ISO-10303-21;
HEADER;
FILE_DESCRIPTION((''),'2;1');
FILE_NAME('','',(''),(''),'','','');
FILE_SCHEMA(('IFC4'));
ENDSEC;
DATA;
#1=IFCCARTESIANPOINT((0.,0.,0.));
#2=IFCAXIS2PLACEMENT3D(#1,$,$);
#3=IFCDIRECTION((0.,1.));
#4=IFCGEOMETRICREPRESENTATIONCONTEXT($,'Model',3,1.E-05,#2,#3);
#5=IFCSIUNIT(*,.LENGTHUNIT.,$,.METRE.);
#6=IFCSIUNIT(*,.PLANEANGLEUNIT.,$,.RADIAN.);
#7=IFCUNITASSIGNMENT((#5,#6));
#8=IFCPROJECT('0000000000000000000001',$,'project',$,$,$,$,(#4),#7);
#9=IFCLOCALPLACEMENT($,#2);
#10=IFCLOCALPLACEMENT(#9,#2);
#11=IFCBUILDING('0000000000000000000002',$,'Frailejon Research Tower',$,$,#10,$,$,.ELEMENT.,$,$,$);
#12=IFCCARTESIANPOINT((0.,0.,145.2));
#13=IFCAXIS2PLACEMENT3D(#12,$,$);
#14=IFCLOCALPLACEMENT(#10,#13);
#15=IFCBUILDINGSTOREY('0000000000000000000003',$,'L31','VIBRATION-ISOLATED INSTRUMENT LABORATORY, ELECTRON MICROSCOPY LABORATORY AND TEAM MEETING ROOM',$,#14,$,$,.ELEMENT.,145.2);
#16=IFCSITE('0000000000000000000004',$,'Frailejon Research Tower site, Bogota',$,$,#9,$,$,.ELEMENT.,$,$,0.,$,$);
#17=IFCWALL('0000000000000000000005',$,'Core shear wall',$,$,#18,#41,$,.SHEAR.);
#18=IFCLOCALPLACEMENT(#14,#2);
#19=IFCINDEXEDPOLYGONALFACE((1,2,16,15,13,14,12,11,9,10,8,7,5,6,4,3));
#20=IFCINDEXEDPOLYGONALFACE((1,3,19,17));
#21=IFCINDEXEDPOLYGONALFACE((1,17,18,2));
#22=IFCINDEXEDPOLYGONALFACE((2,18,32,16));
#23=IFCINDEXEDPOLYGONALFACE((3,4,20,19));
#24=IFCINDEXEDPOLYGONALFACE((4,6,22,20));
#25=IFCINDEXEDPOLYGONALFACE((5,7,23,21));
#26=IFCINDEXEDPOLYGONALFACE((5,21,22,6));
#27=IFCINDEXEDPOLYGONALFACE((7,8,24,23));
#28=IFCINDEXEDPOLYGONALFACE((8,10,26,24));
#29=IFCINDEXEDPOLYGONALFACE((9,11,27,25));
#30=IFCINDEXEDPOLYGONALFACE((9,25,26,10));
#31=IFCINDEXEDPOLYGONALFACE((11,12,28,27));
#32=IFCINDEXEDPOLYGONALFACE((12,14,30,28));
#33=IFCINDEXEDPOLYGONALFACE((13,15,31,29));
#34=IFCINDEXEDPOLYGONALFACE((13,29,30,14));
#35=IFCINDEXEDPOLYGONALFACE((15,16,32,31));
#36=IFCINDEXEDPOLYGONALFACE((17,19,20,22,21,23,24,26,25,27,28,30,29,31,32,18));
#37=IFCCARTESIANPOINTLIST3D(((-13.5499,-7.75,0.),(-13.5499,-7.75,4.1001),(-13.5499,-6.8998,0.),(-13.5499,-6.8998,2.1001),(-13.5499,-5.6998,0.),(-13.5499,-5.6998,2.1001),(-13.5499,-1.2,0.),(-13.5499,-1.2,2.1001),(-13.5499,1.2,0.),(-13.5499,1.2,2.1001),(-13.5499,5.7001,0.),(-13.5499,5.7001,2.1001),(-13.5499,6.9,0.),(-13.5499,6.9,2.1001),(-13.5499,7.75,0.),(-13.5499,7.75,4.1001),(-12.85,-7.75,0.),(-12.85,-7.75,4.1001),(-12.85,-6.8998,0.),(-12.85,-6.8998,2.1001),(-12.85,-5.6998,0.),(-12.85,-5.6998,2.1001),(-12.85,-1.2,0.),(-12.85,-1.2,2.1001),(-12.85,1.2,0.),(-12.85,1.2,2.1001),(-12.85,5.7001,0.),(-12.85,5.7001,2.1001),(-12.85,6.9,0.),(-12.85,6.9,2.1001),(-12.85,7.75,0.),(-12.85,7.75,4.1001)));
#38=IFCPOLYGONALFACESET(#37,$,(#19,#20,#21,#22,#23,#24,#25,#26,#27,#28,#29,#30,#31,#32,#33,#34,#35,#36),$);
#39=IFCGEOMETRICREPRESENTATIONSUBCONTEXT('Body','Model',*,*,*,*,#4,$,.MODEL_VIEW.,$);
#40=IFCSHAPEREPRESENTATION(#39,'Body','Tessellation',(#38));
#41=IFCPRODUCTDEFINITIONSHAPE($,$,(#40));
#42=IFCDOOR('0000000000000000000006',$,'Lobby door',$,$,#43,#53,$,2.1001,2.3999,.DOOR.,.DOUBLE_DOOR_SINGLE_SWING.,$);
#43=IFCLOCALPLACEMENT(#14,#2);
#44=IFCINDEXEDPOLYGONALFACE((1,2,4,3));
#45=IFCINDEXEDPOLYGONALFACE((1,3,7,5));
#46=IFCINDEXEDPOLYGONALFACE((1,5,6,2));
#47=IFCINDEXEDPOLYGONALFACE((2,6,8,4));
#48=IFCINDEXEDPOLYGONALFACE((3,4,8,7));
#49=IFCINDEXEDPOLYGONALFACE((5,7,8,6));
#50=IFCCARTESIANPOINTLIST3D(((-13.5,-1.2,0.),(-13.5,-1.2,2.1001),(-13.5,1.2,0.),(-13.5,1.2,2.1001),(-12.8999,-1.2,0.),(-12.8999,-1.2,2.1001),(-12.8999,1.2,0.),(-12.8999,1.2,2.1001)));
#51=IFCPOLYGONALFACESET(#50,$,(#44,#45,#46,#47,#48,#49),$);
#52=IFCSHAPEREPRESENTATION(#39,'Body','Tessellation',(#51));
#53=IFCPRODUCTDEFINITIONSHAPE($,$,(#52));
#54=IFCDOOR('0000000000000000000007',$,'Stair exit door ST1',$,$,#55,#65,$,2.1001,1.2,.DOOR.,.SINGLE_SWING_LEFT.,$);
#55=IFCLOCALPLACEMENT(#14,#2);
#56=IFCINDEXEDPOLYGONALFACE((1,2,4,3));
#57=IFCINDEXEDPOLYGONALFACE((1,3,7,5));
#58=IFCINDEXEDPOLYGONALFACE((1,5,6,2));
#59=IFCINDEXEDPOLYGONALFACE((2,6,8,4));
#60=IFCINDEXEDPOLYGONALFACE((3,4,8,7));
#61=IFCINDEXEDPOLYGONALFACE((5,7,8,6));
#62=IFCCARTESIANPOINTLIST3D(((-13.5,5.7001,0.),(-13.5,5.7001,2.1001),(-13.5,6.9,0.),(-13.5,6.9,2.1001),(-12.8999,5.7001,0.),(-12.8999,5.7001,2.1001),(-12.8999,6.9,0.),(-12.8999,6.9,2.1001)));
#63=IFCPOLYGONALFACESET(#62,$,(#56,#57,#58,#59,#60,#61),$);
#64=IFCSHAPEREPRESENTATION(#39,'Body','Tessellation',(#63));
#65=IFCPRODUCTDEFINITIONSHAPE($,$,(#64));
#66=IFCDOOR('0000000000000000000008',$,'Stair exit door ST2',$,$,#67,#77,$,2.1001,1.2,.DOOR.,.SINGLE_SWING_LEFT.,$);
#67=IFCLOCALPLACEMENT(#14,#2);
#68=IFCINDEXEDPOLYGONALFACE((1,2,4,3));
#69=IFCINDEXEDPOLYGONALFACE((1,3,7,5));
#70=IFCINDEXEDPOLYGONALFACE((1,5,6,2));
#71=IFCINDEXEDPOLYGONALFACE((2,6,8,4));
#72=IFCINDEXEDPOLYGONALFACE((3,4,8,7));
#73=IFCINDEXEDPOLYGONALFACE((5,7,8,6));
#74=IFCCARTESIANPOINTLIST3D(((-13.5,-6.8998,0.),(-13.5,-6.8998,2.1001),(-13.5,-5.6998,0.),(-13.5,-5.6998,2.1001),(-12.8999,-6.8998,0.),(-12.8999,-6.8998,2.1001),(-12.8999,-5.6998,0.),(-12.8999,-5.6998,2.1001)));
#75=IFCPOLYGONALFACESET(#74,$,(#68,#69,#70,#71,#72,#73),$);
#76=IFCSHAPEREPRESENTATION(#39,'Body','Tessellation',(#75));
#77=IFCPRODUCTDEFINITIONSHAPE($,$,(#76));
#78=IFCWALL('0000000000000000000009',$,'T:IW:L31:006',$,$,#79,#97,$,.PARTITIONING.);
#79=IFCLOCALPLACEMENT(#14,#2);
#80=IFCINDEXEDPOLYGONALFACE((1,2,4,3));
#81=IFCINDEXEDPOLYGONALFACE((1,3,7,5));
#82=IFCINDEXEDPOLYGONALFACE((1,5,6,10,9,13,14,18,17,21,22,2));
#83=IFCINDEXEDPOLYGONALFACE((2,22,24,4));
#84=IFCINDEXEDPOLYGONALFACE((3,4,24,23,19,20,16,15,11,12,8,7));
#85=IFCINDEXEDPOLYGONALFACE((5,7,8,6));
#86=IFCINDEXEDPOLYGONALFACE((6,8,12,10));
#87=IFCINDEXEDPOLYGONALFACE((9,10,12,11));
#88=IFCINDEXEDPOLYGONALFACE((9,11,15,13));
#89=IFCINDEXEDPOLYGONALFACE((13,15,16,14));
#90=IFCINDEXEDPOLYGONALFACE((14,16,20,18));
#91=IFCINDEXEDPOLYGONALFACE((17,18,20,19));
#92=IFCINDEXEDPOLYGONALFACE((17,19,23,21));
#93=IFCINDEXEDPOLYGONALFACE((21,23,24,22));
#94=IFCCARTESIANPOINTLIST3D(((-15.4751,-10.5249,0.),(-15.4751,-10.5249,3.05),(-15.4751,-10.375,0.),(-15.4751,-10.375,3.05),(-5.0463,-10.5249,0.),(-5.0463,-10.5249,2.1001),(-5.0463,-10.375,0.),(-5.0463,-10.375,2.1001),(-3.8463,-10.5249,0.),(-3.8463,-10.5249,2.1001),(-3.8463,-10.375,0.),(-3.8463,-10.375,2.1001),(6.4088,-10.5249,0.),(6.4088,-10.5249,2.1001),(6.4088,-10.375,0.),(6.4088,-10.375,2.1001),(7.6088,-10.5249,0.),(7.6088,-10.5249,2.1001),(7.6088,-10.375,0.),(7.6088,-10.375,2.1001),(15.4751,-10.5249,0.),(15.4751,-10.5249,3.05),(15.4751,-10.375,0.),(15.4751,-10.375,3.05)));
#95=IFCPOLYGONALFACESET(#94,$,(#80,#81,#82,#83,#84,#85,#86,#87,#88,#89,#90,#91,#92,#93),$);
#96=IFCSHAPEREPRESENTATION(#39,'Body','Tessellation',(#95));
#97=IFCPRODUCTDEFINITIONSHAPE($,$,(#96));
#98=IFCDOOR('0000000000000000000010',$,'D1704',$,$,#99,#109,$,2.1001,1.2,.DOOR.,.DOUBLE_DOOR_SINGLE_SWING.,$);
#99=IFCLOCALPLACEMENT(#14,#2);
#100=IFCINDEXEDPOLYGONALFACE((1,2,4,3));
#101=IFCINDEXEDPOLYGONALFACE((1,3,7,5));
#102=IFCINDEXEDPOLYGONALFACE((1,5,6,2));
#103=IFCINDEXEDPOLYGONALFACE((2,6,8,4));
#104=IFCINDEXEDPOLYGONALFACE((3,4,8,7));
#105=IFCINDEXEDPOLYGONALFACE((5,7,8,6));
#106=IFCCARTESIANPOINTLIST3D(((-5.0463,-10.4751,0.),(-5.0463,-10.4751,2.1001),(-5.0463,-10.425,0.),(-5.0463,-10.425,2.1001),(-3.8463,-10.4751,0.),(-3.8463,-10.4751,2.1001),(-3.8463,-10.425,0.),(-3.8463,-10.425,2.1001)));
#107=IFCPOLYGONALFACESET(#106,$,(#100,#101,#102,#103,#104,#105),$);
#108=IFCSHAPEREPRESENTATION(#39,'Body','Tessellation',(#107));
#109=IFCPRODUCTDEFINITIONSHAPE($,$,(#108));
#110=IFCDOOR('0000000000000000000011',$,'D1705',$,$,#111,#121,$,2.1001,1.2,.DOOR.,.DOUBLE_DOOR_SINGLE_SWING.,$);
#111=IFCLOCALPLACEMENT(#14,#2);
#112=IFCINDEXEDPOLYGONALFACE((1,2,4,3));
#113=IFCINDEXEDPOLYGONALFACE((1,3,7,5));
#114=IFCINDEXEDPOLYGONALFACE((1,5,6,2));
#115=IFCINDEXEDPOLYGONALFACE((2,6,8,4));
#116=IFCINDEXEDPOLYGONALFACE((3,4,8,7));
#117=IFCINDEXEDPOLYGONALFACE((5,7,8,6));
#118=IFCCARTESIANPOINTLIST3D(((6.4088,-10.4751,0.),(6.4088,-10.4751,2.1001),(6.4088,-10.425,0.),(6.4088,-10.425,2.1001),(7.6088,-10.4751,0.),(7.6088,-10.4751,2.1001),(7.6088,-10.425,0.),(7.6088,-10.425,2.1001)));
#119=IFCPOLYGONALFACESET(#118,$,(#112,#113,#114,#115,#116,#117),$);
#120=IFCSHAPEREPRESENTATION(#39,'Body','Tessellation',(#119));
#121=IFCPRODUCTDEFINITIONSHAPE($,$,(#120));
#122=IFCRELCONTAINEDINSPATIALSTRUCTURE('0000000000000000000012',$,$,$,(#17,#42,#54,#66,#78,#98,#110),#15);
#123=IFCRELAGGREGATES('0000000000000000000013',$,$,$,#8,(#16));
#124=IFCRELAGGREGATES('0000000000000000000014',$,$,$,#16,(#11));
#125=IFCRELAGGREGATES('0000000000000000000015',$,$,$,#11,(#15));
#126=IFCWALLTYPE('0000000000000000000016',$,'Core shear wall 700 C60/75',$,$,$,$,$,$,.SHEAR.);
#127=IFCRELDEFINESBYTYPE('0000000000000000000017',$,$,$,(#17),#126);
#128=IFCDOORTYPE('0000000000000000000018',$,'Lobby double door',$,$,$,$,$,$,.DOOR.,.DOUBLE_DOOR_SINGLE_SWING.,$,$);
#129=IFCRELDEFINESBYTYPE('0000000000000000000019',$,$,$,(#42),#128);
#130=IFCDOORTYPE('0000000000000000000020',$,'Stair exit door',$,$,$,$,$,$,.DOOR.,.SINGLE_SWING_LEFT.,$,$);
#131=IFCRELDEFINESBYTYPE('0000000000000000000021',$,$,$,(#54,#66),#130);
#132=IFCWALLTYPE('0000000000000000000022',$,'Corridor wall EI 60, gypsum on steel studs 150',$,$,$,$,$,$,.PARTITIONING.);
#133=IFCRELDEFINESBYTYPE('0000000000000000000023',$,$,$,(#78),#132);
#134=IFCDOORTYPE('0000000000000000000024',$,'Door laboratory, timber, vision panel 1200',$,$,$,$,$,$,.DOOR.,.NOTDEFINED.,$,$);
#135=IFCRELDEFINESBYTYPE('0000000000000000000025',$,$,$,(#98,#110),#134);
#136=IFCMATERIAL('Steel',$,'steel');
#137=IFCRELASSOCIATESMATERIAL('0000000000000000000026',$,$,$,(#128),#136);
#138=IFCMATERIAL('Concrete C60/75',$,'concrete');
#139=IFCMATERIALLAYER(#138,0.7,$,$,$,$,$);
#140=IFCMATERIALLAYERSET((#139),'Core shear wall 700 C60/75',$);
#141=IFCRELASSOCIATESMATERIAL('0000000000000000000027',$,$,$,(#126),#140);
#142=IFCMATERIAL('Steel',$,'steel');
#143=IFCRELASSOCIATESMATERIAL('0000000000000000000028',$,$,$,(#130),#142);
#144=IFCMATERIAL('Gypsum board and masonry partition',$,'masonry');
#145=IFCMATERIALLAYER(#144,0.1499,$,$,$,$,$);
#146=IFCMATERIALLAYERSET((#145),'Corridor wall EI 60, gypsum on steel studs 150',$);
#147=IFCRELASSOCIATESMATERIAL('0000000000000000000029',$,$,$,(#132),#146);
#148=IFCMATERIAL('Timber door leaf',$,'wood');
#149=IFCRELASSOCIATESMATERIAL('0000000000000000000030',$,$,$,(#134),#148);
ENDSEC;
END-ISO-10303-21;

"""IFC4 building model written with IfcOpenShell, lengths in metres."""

from ifc_helpers import new_model, si_unit, direction, frame, frame_2d, origin, place, context, subcontext, project, spatial, rectangle, extrude, material, layer, layer_set, type_object, element, fill, save


model = new_model("IFC4")

# Units and contexts
model_context = context("Model", 3, precision=1e-05, world=origin(), true_north=direction((0.0, 1.0)))
body_context = subcontext(model_context, "Body", "Model", "MODEL_VIEW")
ifc_project = project(units=[si_unit("LENGTHUNIT", "METRE"), si_unit("PLANEANGLEUNIT", "RADIAN")], contexts=[model_context])

# Site, building, storey
site_placement = place(None, origin())
site = spatial("IfcSite", under=ifc_project, at=site_placement, Name="Frailejon Research Tower site, Bogota", CompositionType="ELEMENT", RefElevation=0.0)
building_placement = place(site_placement, origin())
building = spatial("IfcBuilding", under=site, at=building_placement, Name="Frailejon Research Tower", CompositionType="ELEMENT")
storey_placement = place(building_placement, frame((0.0, 0.0, 145.2)))
storey = spatial("IfcBuildingStorey", under=building, at=storey_placement, Name="L31", Description="VIBRATION-ISOLATED INSTRUMENT LABORATORY, ELECTRON MICROSCOPY LABORATORY AND TEAM MEETING ROOM", CompositionType="ELEMENT", Elevation=145.2)

# Shared definitions
ifc_material_1 = material(Name="Steel", Category="steel")
door_type_1 = type_object("IfcDoorType", Name="Lobby double door", OperationType="DOUBLE_DOOR_SINGLE_SWING", PredefinedType="DOOR", material=ifc_material_1)

# Shared definitions
ifc_material_2 = material(Name="Concrete C60/75", Category="concrete")
ifc_layer_1 = layer(ifc_material_2, 0.7)
ifc_layer_set_1 = layer_set([ifc_layer_1], Name="Core shear wall 700 C60/75")
wall_type_1 = type_object("IfcWallType", Name="Core shear wall 700 C60/75", PredefinedType="SHEAR", material=ifc_layer_set_1)

# Walls, openings, doors
wall_1_placement = place(storey_placement, frame((-13.2, -7.75, 0.0), z_axis=(0.0, 0.0, 1.0), x_axis=(0.0, 1.0, 0.0)))
wall_1 = element("IfcWall", 1, at=wall_1_placement, inside=storey, type_object=wall_type_1, Name="Core shear wall", PredefinedType="SHEAR", context=body_context, shape_type="SweptSolid", body=[
    extrude(rectangle(XDim=15.5, YDim=0.7, at=frame_2d((7.75, 0.0))), origin(), (0.0, 0.0, 1.0), 4.1001),
])
opening_1_placement = place(wall_1_placement, frame((6.55, 0.0, 0.0)))
opening_1 = element("IfcOpeningElement", 2, at=opening_1_placement, cuts=wall_1, PredefinedType="OPENING", context=body_context, shape_type="SweptSolid", body=[
    extrude(rectangle(XDim=2.3999, YDim=2.1001, at=frame_2d((1.2, 1.05))), frame((0.0, 0.3599, 0.0), z_axis=(0.0, -1.0, 0.0), x_axis=(1.0, 0.0, 0.0)), (0.0, 0.0, 1.0), 0.72),
])
opening_2_placement = place(wall_1_placement, frame((13.45, 0.0, 0.0)))
opening_2 = element("IfcOpeningElement", 3, at=opening_2_placement, cuts=wall_1, PredefinedType="OPENING", context=body_context, shape_type="SweptSolid", body=[
    extrude(rectangle(XDim=1.2, YDim=2.1001, at=frame_2d((0.6001, 1.05))), frame((0.0, 0.3599, 0.0), z_axis=(0.0, -1.0, 0.0), x_axis=(1.0, 0.0, 0.0)), (0.0, 0.0, 1.0), 0.72),
])
opening_3_placement = place(wall_1_placement, frame((0.8501, 0.0, 0.0)))
opening_3 = element("IfcOpeningElement", 4, at=opening_3_placement, cuts=wall_1, PredefinedType="OPENING", context=body_context, shape_type="SweptSolid", body=[
    extrude(rectangle(XDim=1.2, YDim=2.1001, at=frame_2d((0.6001, 1.05))), frame((0.0, 0.3599, 0.0), z_axis=(0.0, -1.0, 0.0), x_axis=(1.0, 0.0, 0.0)), (0.0, 0.0, 1.0), 0.72),
])
door_1_placement = place(opening_1_placement, origin())
door_1 = element("IfcDoor", 5, at=door_1_placement, inside=storey, type_object=door_type_1, Name="Lobby door", OperationType="DOUBLE_DOOR_SINGLE_SWING", OverallHeight=2.1001, OverallWidth=2.3999, PredefinedType="DOOR", context=body_context, shape_type="SweptSolid", body=[
    extrude(rectangle(XDim=2.3999, YDim=2.1001, at=frame_2d((1.2, 1.05))), frame((0.0, 0.3, 0.0), z_axis=(0.0, -1.0, 0.0), x_axis=(1.0, 0.0, 0.0)), (0.0, 0.0, 1.0), 0.6001),
])
fill(opening_1, door_1)
ifc_material_3 = material(Name="Steel", Category="steel")
door_type_2 = type_object("IfcDoorType", Name="Stair exit door", OperationType="SINGLE_SWING_LEFT", PredefinedType="DOOR", material=ifc_material_3)
door_2_placement = place(opening_2_placement, origin())
door_2 = element("IfcDoor", 6, at=door_2_placement, inside=storey, type_object=door_type_2, Name="Stair exit door ST1", OperationType="SINGLE_SWING_LEFT", OverallHeight=2.1001, OverallWidth=1.2, PredefinedType="DOOR", context=body_context, shape_type="SweptSolid", body=[
    extrude(rectangle(XDim=1.2, YDim=2.1001, at=frame_2d((0.6001, 1.05))), frame((0.0, 0.3, 0.0), z_axis=(0.0, -1.0, 0.0), x_axis=(1.0, 0.0, 0.0)), (0.0, 0.0, 1.0), 0.6001),
])
fill(opening_2, door_2)
door_3_placement = place(opening_3_placement, origin())
door_3 = element("IfcDoor", 7, at=door_3_placement, inside=storey, type_object=door_type_2, Name="Stair exit door ST2", OperationType="SINGLE_SWING_LEFT", OverallHeight=2.1001, OverallWidth=1.2, PredefinedType="DOOR", context=body_context, shape_type="SweptSolid", body=[
    extrude(rectangle(XDim=1.2, YDim=2.1001, at=frame_2d((0.6001, 1.05))), frame((0.0, 0.3, 0.0), z_axis=(0.0, -1.0, 0.0), x_axis=(1.0, 0.0, 0.0)), (0.0, 0.0, 1.0), 0.6001),
])
fill(opening_3, door_3)
ifc_material_4 = material(Name="Gypsum board and masonry partition", Category="masonry")
ifc_layer_2 = layer(ifc_material_4, 0.1499)
ifc_layer_set_2 = layer_set([ifc_layer_2], Name="Corridor wall EI 60, gypsum on steel studs 150")
wall_type_2 = type_object("IfcWallType", Name="Corridor wall EI 60, gypsum on steel studs 150", PredefinedType="PARTITIONING", material=ifc_layer_set_2)
wall_2_placement = place(storey_placement, frame((-15.4751, -10.45, 0.0), z_axis=(0.0, 0.0, 1.0), x_axis=(1.0, 0.0, 0.0)))
wall_2 = element("IfcWall", 8, at=wall_2_placement, inside=storey, type_object=wall_type_2, Name="T:IW:L31:006", PredefinedType="PARTITIONING", context=body_context, shape_type="SweptSolid", body=[
    extrude(rectangle(XDim=30.9502, YDim=0.1499, at=frame_2d((15.4751, 0.0))), origin(), (0.0, 0.0, 1.0), 3.05),
])
opening_4_placement = place(wall_2_placement, frame((10.4287, 0.0, 0.0)))
opening_4 = element("IfcOpeningElement", 9, at=opening_4_placement, cuts=wall_2, PredefinedType="OPENING", context=body_context, shape_type="SweptSolid", body=[
    extrude(rectangle(XDim=1.2, YDim=2.1001, at=frame_2d((0.6001, 1.05))), frame((0.0, 0.085, 0.0), z_axis=(0.0, -1.0, 0.0), x_axis=(1.0, 0.0, 0.0)), (0.0, 0.0, 1.0), 0.1699),
])
opening_5_placement = place(wall_2_placement, frame((21.8838, 0.0, 0.0)))
opening_5 = element("IfcOpeningElement", 10, at=opening_5_placement, cuts=wall_2, PredefinedType="OPENING", context=body_context, shape_type="SweptSolid", body=[
    extrude(rectangle(XDim=1.2, YDim=2.1001, at=frame_2d((0.6001, 1.05))), frame((0.0, 0.085, 0.0), z_axis=(0.0, -1.0, 0.0), x_axis=(1.0, 0.0, 0.0)), (0.0, 0.0, 1.0), 0.1699),
])
ifc_material_5 = material(Name="Timber door leaf", Category="wood")
door_type_3 = type_object("IfcDoorType", Name="Door laboratory, timber, vision panel 1200", OperationType="NOTDEFINED", PredefinedType="DOOR", material=ifc_material_5)
door_4_placement = place(opening_4_placement, origin())
door_4 = element("IfcDoor", 11, at=door_4_placement, inside=storey, type_object=door_type_3, Name="D1704", OperationType="DOUBLE_DOOR_SINGLE_SWING", OverallHeight=2.1001, OverallWidth=1.2, PredefinedType="DOOR", context=body_context, shape_type="SweptSolid", body=[
    extrude(rectangle(XDim=1.2, YDim=2.1001, at=frame_2d((0.6001, 1.05))), frame((0.0, 0.0249, 0.0), z_axis=(0.0, -1.0, 0.0), x_axis=(1.0, 0.0, 0.0)), (0.0, 0.0, 1.0), 0.05),
])
fill(opening_4, door_4)
door_5_placement = place(opening_5_placement, origin())
door_5 = element("IfcDoor", 12, at=door_5_placement, inside=storey, type_object=door_type_3, Name="D1705", OperationType="DOUBLE_DOOR_SINGLE_SWING", OverallHeight=2.1001, OverallWidth=1.2, PredefinedType="DOOR", context=body_context, shape_type="SweptSolid", body=[
    extrude(rectangle(XDim=1.2, YDim=2.1001, at=frame_2d((0.6001, 1.05))), frame((0.0, 0.0249, 0.0), z_axis=(0.0, -1.0, 0.0), x_axis=(1.0, 0.0, 0.0)), (0.0, 0.0, 1.0), 0.05),
])
fill(opening_5, door_5)

save(model, "model.ifc")
